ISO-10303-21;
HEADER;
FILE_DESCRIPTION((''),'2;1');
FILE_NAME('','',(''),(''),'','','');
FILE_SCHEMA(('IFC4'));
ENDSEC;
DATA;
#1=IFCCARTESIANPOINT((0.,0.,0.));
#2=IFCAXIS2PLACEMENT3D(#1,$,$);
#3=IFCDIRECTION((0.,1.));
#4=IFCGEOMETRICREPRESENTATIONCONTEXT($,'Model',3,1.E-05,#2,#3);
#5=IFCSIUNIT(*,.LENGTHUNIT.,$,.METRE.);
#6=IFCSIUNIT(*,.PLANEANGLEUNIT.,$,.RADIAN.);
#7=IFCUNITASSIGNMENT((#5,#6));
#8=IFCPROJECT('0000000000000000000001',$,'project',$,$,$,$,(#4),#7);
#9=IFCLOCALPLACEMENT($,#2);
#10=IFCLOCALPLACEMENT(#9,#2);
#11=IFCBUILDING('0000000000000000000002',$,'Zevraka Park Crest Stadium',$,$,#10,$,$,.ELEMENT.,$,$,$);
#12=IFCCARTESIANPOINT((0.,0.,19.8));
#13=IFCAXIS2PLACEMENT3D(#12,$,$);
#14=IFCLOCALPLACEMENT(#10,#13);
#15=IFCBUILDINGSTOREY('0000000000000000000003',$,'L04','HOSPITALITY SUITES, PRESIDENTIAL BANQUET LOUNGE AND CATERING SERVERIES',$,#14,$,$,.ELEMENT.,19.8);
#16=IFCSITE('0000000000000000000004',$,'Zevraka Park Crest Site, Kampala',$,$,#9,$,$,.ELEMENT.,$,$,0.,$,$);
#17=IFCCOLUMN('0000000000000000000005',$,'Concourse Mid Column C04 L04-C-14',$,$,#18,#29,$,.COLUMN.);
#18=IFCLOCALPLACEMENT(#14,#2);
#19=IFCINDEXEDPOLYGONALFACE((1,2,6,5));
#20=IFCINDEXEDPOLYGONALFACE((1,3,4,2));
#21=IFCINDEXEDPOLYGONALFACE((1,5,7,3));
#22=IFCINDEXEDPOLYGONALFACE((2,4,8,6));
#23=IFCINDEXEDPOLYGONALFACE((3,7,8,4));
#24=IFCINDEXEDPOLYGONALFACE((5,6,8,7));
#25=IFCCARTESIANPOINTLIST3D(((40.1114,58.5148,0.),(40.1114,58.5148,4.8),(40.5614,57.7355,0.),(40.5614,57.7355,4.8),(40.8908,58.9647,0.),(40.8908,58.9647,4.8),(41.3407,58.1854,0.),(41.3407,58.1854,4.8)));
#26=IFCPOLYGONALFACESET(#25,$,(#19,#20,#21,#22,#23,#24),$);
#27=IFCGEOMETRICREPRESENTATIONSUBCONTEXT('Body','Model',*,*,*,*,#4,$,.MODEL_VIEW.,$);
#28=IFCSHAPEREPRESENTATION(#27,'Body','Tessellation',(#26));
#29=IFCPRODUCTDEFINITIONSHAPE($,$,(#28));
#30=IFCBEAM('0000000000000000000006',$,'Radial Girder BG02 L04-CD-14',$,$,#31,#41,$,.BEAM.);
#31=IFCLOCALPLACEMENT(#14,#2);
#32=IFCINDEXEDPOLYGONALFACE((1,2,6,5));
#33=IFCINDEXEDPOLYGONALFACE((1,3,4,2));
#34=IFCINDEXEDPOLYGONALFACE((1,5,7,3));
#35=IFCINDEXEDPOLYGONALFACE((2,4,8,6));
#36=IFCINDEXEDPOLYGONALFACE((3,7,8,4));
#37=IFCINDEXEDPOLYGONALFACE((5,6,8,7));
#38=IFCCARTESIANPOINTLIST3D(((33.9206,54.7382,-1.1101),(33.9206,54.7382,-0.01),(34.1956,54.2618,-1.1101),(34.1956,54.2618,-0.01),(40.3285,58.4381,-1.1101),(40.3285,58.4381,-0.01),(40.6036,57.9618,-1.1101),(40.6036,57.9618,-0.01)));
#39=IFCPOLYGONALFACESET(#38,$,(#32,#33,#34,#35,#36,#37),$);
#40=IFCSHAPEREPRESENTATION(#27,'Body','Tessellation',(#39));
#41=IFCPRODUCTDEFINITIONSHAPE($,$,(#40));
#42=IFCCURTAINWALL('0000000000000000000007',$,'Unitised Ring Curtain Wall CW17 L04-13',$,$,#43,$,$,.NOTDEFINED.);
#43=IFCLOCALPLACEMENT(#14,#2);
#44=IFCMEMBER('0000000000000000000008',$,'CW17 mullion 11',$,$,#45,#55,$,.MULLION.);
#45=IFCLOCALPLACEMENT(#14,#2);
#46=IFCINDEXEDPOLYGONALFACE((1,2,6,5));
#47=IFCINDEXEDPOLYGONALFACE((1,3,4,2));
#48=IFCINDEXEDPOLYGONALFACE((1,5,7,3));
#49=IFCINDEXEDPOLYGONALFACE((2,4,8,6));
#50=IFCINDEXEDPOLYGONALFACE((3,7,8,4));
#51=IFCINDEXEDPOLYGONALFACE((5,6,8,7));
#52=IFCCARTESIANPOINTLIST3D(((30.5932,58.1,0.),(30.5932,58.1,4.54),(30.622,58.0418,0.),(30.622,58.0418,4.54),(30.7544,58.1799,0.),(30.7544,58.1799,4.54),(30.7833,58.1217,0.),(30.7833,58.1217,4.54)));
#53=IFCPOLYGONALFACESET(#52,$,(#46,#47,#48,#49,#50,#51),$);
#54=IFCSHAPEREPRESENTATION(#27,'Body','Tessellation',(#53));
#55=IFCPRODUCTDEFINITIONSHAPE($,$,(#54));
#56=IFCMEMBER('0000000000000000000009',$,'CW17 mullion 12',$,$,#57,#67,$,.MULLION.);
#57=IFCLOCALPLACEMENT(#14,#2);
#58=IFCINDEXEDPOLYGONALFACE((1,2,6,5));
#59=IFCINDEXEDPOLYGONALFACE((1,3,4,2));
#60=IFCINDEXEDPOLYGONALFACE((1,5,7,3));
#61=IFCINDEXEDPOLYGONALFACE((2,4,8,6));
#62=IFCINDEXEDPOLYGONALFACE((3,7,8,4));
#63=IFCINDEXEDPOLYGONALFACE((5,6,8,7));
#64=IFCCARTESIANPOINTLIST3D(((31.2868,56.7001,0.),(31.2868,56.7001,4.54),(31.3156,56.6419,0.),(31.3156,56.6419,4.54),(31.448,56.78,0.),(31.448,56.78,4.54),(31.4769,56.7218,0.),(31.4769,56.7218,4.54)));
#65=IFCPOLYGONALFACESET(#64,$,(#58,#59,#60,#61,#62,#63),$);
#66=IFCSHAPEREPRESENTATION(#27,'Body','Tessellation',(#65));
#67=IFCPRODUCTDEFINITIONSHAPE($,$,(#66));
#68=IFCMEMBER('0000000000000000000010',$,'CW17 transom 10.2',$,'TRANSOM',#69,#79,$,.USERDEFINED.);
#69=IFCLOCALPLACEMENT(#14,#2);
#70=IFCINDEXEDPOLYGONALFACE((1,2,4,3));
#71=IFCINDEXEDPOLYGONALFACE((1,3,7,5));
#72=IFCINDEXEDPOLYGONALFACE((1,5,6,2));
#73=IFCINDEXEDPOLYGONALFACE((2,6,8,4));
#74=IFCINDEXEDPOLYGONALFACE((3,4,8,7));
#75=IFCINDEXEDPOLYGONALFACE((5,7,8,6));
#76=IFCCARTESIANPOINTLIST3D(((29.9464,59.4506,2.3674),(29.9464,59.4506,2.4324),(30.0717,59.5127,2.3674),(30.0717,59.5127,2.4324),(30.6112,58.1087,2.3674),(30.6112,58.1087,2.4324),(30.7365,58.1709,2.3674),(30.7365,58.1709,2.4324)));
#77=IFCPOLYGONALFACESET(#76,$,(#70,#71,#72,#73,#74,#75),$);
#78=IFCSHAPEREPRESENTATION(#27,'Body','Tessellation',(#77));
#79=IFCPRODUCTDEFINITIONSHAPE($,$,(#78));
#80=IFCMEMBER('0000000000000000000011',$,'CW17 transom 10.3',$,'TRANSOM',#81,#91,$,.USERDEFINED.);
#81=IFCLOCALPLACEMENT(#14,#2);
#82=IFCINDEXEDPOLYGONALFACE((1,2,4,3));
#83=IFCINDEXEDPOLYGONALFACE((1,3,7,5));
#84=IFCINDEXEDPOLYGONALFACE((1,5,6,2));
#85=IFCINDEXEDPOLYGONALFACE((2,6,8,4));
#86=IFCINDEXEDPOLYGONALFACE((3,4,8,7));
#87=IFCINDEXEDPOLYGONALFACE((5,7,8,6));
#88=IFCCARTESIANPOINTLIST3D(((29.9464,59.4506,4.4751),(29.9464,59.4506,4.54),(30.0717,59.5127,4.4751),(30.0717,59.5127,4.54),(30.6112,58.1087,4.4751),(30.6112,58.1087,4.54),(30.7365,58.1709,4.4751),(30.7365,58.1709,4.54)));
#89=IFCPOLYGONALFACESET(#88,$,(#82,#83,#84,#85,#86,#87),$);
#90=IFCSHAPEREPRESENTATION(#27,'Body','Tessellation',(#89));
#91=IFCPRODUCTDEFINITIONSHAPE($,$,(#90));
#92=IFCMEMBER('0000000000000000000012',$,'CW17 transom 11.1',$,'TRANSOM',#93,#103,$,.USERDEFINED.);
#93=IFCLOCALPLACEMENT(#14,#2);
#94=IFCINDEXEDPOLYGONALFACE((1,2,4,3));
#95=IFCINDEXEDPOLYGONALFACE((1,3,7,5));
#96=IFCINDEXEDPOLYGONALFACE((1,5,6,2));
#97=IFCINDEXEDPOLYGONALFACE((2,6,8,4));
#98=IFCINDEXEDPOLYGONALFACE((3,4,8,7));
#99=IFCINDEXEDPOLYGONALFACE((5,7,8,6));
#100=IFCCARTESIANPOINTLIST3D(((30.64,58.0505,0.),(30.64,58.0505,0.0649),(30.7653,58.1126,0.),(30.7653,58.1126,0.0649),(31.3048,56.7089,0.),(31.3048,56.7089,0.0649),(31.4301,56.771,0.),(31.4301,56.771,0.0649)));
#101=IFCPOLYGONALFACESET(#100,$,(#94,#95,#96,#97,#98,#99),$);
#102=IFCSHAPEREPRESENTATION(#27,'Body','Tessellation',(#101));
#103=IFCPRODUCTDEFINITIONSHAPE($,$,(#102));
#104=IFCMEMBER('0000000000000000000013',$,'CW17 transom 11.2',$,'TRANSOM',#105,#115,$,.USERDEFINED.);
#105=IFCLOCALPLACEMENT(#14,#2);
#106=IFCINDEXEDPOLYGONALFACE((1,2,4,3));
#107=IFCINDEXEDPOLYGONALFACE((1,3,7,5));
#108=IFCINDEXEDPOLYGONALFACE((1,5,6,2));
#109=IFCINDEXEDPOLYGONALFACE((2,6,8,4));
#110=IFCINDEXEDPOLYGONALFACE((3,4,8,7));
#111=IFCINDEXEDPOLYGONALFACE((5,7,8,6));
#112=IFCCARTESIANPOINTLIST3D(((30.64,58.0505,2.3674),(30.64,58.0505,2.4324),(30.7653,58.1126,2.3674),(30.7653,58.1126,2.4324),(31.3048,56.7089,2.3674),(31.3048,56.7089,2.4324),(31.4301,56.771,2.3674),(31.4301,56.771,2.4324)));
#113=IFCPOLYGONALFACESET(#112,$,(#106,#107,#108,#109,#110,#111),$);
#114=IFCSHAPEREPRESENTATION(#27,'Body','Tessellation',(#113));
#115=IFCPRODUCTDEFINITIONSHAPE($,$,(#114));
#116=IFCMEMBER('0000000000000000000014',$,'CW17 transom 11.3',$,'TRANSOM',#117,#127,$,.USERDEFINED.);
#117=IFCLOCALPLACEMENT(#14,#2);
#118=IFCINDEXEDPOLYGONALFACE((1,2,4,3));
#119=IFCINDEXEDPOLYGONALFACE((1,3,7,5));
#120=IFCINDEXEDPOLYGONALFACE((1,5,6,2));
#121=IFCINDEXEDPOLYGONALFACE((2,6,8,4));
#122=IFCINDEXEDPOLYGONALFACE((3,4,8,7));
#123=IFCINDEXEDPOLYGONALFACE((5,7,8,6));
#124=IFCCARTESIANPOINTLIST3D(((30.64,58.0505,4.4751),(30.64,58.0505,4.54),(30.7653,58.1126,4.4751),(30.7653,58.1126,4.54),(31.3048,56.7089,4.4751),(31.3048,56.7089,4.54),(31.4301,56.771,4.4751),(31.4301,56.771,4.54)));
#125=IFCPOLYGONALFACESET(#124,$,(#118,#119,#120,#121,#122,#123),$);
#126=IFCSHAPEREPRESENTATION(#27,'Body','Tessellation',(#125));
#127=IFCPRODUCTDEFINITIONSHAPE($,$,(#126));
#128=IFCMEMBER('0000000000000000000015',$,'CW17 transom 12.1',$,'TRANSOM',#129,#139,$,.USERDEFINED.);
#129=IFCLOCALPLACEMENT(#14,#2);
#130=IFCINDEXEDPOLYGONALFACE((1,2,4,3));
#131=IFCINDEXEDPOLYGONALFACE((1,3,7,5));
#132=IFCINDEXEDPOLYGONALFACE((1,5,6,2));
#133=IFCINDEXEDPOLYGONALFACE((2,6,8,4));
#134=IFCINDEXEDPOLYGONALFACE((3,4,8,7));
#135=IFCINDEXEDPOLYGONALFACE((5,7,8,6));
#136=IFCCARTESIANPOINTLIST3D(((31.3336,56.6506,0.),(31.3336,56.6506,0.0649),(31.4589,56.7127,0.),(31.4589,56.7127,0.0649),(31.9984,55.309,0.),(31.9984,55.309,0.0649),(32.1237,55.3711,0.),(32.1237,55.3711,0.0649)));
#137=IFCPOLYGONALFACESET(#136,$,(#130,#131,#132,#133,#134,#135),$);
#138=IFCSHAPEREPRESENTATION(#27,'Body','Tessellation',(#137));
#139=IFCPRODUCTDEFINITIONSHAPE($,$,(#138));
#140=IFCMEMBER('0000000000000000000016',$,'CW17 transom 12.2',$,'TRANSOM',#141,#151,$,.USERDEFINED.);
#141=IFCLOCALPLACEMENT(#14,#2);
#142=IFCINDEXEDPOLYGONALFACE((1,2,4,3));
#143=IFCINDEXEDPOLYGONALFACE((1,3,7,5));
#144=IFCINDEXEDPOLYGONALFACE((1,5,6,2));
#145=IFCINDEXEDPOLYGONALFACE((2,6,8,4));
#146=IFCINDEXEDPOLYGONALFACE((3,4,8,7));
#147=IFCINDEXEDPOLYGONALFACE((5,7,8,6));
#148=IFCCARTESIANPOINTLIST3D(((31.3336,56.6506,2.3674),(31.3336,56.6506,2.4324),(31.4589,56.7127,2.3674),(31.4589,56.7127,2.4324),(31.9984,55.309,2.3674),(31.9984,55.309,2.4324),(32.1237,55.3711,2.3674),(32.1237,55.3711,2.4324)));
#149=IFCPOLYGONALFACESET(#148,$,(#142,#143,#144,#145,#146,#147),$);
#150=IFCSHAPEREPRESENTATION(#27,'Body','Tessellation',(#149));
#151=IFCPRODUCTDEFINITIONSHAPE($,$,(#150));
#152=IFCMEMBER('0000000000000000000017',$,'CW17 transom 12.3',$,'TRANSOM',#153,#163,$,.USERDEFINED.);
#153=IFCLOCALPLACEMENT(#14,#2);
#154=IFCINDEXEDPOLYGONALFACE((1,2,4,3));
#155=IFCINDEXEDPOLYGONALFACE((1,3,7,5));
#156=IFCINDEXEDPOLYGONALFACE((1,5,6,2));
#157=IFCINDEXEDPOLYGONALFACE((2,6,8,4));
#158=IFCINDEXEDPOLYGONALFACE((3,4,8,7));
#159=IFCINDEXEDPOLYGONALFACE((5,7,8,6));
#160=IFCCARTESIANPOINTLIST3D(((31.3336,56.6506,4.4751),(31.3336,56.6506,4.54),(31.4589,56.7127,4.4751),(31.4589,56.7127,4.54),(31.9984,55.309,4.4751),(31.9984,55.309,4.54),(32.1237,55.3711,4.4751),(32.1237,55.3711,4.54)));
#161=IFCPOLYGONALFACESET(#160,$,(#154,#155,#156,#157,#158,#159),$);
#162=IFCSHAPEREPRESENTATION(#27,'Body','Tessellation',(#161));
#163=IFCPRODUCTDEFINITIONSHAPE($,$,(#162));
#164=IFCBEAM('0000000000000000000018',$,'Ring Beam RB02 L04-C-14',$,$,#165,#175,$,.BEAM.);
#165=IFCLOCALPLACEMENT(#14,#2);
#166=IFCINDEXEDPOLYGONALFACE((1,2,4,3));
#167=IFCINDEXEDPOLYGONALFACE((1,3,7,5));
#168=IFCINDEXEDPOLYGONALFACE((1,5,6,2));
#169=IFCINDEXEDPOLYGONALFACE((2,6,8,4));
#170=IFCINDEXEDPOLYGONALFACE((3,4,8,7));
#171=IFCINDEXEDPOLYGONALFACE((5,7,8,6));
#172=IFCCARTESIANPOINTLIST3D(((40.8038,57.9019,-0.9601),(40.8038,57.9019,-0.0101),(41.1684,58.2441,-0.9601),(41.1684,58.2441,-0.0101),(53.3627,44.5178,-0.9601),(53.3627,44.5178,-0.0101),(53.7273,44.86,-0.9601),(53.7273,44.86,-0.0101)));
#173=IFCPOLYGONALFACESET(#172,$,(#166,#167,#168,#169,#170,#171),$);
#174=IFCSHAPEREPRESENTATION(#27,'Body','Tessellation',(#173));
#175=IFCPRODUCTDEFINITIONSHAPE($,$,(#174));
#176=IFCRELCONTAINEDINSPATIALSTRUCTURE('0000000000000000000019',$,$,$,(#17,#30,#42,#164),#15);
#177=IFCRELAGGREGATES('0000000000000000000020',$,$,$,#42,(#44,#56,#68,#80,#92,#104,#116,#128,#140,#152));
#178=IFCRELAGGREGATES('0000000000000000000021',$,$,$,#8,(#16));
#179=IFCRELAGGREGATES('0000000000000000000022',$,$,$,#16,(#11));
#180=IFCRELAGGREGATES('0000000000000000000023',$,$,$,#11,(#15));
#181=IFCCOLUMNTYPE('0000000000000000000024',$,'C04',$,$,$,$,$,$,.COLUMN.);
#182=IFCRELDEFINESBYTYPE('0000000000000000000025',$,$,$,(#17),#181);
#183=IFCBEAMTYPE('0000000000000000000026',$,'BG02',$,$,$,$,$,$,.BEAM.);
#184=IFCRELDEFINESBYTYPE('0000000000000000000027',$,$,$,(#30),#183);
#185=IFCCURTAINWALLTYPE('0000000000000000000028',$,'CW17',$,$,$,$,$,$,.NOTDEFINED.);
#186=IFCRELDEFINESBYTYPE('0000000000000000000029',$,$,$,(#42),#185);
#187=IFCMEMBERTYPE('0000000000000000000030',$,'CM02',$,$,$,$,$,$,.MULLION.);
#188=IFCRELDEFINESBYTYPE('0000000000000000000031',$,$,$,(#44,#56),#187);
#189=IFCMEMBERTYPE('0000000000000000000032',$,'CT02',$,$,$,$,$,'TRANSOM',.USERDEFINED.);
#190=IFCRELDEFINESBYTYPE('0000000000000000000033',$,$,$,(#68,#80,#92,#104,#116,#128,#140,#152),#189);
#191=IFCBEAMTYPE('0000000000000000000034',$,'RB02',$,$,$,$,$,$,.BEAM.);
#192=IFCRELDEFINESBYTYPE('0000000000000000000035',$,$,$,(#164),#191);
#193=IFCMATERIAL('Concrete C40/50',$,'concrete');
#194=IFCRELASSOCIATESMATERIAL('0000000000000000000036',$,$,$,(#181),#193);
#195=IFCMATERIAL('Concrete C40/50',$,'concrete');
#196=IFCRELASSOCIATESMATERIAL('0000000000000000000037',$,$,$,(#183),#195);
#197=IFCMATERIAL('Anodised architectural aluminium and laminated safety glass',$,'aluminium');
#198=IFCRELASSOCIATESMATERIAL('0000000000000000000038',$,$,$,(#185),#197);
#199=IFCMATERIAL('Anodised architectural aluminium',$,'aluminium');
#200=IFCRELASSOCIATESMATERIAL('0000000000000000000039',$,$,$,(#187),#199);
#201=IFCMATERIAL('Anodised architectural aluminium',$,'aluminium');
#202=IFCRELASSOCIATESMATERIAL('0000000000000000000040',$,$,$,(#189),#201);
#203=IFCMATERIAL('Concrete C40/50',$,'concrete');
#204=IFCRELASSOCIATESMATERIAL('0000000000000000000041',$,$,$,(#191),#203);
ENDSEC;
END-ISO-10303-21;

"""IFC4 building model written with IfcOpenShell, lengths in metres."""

from ifc_helpers import new_model, si_unit, direction, frame, origin, origin_2d, place, context, subcontext, project, spatial, rectangle, extrude, material, material_profile, profile_set, type_object, element, aggregate, save


model = new_model("IFC4")

# Units and contexts
model_context = context("Model", 3, precision=1e-05, world=origin(), true_north=direction((0.0, 1.0)))
body_context = subcontext(model_context, "Body", "Model", "MODEL_VIEW")
ifc_project = project(units=[si_unit("LENGTHUNIT", "METRE"), si_unit("PLANEANGLEUNIT", "RADIAN")], contexts=[model_context])

# Site, building, storey
site_placement = place(None, origin())
site = spatial("IfcSite", under=ifc_project, at=site_placement, Name="Zevraka Park Crest Site, Kampala", CompositionType="ELEMENT", RefElevation=0.0)
building_placement = place(site_placement, origin())
building = spatial("IfcBuilding", under=site, at=building_placement, Name="Zevraka Park Crest Stadium", CompositionType="ELEMENT")
storey_placement = place(building_placement, frame((0.0, 0.0, 19.8)))
storey = spatial("IfcBuildingStorey", under=building, at=storey_placement, Name="L04", Description="HOSPITALITY SUITES, PRESIDENTIAL BANQUET LOUNGE AND CATERING SERVERIES", CompositionType="ELEMENT", Elevation=19.8)

# Column
ifc_material_1 = material(Name="Concrete C40/50", Category="concrete")
ifc_material_profile_1 = material_profile(ifc_material_1, rectangle(XDim=0.8999, YDim=0.8999, at=origin_2d()), Name="RC 900x900")
ifc_profile_set_1 = profile_set([ifc_material_profile_1], Name="Concrete C40/50")
column_type = type_object("IfcColumnType", Name="C04", PredefinedType="COLUMN", material=ifc_profile_set_1)
column_placement = place(storey_placement, frame((40.7261, 58.3501, 0.0), z_axis=(0.0, 0.0, 1.0), x_axis=(0.866025, 0.5, 0.0)))
element("IfcColumn", 1, at=column_placement, inside=storey, type_object=column_type, Name="Concourse Mid Column C04 L04-C-14", PredefinedType="COLUMN", context=body_context, shape_type="SweptSolid", body=[
    extrude(rectangle(XDim=0.8999, YDim=0.8999, at=origin_2d()), origin(), (0.0, 0.0, 1.0), 4.8),
])

# Beam
ifc_material_2 = material(Name="Concrete C40/50", Category="concrete")
ifc_material_profile_2 = material_profile(ifc_material_2, rectangle(XDim=0.55, YDim=1.1001, at=origin_2d()), Name="RC 1100x550")
ifc_profile_set_2 = profile_set([ifc_material_profile_2], Name="Concrete C40/50")
beam_type_1 = type_object("IfcBeamType", Name="BG02", PredefinedType="BEAM", material=ifc_profile_set_2)
beam_1_placement = place(storey_placement, frame((40.4661, 58.2, -0.5601), z_axis=(-0.866007, -0.500032, 0.0), x_axis=(0.500032, -0.866007, 0.0)))
element("IfcBeam", 2, at=beam_1_placement, inside=storey, type_object=beam_type_1, Name="Radial Girder BG02 L04-CD-14", PredefinedType="BEAM", context=body_context, shape_type="SweptSolid", body=[
    extrude(rectangle(XDim=0.55, YDim=1.1001, at=origin_2d()), origin(), (0.0, 0.0, 1.0), 7.3994),
])

# Curtain wall, members
ifc_material_3 = material(Name="Anodised architectural aluminium and laminated safety glass", Category="aluminium")
curtain_wall_type = type_object("IfcCurtainWallType", Name="CW17", PredefinedType="NOTDEFINED", material=ifc_material_3)
curtain_wall_placement = place(storey_placement, origin())
curtain_wall = element("IfcCurtainWall", 3, at=curtain_wall_placement, inside=storey, type_object=curtain_wall_type, Name="Unitised Ring Curtain Wall CW17 L04-13", PredefinedType="NOTDEFINED")
ifc_material_4 = material(Name="Anodised architectural aluminium", Category="aluminium")
ifc_material_profile_3 = material_profile(ifc_material_4, rectangle(XDim=0.1799, YDim=0.0649, at=origin_2d()), Name="ALU MULLION 180x65")
ifc_profile_set_3 = profile_set([ifc_material_profile_3], Name="Anodised architectural aluminium")
member_type_1 = type_object("IfcMemberType", Name="CM02", PredefinedType="MULLION", material=ifc_profile_set_3)
member_1_placement = place(storey_placement, frame((30.6882, 58.1108, 0.0), z_axis=(0.0, 0.0, 1.0), x_axis=(0.896046, 0.443961, 0.0)))
member_1 = element("IfcMember", 4, at=member_1_placement, type_object=member_type_1, Name="CW17 mullion 11", PredefinedType="MULLION", context=body_context, shape_type="SweptSolid", body=[
    extrude(rectangle(XDim=0.1799, YDim=0.0649, at=origin_2d()), origin(), (0.0, 0.0, 1.0), 4.54),
])
member_2_placement = place(storey_placement, frame((31.3818, 56.7109, 0.0), z_axis=(0.0, 0.0, 1.0), x_axis=(0.896046, 0.443961, 0.0)))
member_2 = element("IfcMember", 5, at=member_2_placement, type_object=member_type_1, Name="CW17 mullion 12", PredefinedType="MULLION", context=body_context, shape_type="SweptSolid", body=[
    extrude(rectangle(XDim=0.1799, YDim=0.0649, at=origin_2d()), origin(), (0.0, 0.0, 1.0), 4.54),
])
ifc_material_5 = material(Name="Anodised architectural aluminium", Category="aluminium")
ifc_material_profile_4 = material_profile(ifc_material_5, rectangle(XDim=0.1399, YDim=0.0649, at=origin_2d()), Name="ALU TRANSOM 140x65")
ifc_profile_set_4 = profile_set([ifc_material_profile_4], Name="Anodised architectural aluminium")
member_type_2 = type_object("IfcMemberType", Name="CT02", ElementType="TRANSOM", PredefinedType="USERDEFINED", material=ifc_profile_set_4)
member_3_placement = place(storey_placement, frame((30.009, 59.4817, 2.3999), z_axis=(0.44395, -0.896052, 0.0), x_axis=(0.896052, 0.44395, 0.0)))
member_3 = element("IfcMember", 6, at=member_3_placement, type_object=member_type_2, Name="CW17 transom 10.2", ObjectType="TRANSOM", PredefinedType="USERDEFINED", context=body_context, shape_type="SweptSolid", body=[
    extrude(rectangle(XDim=0.1399, YDim=0.0649, at=origin_2d()), origin(), (0.0, 0.0, 1.0), 1.4976),
])
member_4_placement = place(storey_placement, frame((30.009, 59.4817, 4.5076), z_axis=(0.44395, -0.896052, 0.0), x_axis=(0.896052, 0.44395, 0.0)))
member_4 = element("IfcMember", 7, at=member_4_placement, type_object=member_type_2, Name="CW17 transom 10.3", ObjectType="TRANSOM", PredefinedType="USERDEFINED", context=body_context, shape_type="SweptSolid", body=[
    extrude(rectangle(XDim=0.1399, YDim=0.0649, at=origin_2d()), origin(), (0.0, 0.0, 1.0), 1.4976),
])
member_5_placement = place(storey_placement, frame((30.7026, 58.0815, 0.0325), z_axis=(0.444015, -0.896019, 0.0), x_axis=(0.896019, 0.444015, 0.0)))
member_5 = element("IfcMember", 8, at=member_5_placement, type_object=member_type_2, Name="CW17 transom 11.1", ObjectType="TRANSOM", PredefinedType="USERDEFINED", context=body_context, shape_type="SweptSolid", body=[
    extrude(rectangle(XDim=0.1399, YDim=0.0649, at=origin_2d()), origin(), (0.0, 0.0, 1.0), 1.4973),
])
member_6_placement = place(storey_placement, frame((30.7026, 58.0815, 2.3999), z_axis=(0.444015, -0.896019, 0.0), x_axis=(0.896019, 0.444015, 0.0)))
member_6 = element("IfcMember", 9, at=member_6_placement, type_object=member_type_2, Name="CW17 transom 11.2", ObjectType="TRANSOM", PredefinedType="USERDEFINED", context=body_context, shape_type="SweptSolid", body=[
    extrude(rectangle(XDim=0.1399, YDim=0.0649, at=origin_2d()), origin(), (0.0, 0.0, 1.0), 1.4973),
])
member_7_placement = place(storey_placement, frame((30.7026, 58.0815, 4.5076), z_axis=(0.444015, -0.896019, 0.0), x_axis=(0.896019, 0.444015, 0.0)))
member_7 = element("IfcMember", 10, at=member_7_placement, type_object=member_type_2, Name="CW17 transom 11.3", ObjectType="TRANSOM", PredefinedType="USERDEFINED", context=body_context, shape_type="SweptSolid", body=[
    extrude(rectangle(XDim=0.1399, YDim=0.0649, at=origin_2d()), origin(), (0.0, 0.0, 1.0), 1.4973),
])
member_8_placement = place(storey_placement, frame((31.3962, 56.6816, 0.0325), z_axis=(0.444015, -0.896019, 0.0), x_axis=(0.896019, 0.444015, 0.0)))
member_8 = element("IfcMember", 11, at=member_8_placement, type_object=member_type_2, Name="CW17 transom 12.1", ObjectType="TRANSOM", PredefinedType="USERDEFINED", context=body_context, shape_type="SweptSolid", body=[
    extrude(rectangle(XDim=0.1399, YDim=0.0649, at=origin_2d()), origin(), (0.0, 0.0, 1.0), 1.4973),
])
member_9_placement = place(storey_placement, frame((31.3962, 56.6816, 2.3999), z_axis=(0.444015, -0.896019, 0.0), x_axis=(0.896019, 0.444015, 0.0)))
member_9 = element("IfcMember", 12, at=member_9_placement, type_object=member_type_2, Name="CW17 transom 12.2", ObjectType="TRANSOM", PredefinedType="USERDEFINED", context=body_context, shape_type="SweptSolid", body=[
    extrude(rectangle(XDim=0.1399, YDim=0.0649, at=origin_2d()), origin(), (0.0, 0.0, 1.0), 1.4973),
])
member_10_placement = place(storey_placement, frame((31.3962, 56.6816, 4.5076), z_axis=(0.444015, -0.896019, 0.0), x_axis=(0.896019, 0.444015, 0.0)))
member_10 = element("IfcMember", 13, at=member_10_placement, type_object=member_type_2, Name="CW17 transom 12.3", ObjectType="TRANSOM", PredefinedType="USERDEFINED", context=body_context, shape_type="SweptSolid", body=[
    extrude(rectangle(XDim=0.1399, YDim=0.0649, at=origin_2d()), origin(), (0.0, 0.0, 1.0), 1.4973),
])

# Beam
ifc_material_6 = material(Name="Concrete C40/50", Category="concrete")
ifc_material_profile_5 = material_profile(ifc_material_6, rectangle(XDim=0.5, YDim=0.95, at=origin_2d()), Name="RC 950x500")
ifc_profile_set_5 = profile_set([ifc_material_profile_5], Name="Concrete C40/50")
beam_type_2 = type_object("IfcBeamType", Name="RB02", PredefinedType="BEAM", material=ifc_profile_set_5)
beam_2_placement = place(storey_placement, frame((40.9861, 58.073, -0.4851), z_axis=(0.684269, -0.72923, 0.0), x_axis=(0.72923, 0.684269, 0.0)))
element("IfcBeam", 14, at=beam_2_placement, inside=storey, type_object=beam_type_2, Name="Ring Beam RB02 L04-C-14", PredefinedType="BEAM", context=body_context, shape_type="SweptSolid", body=[
    extrude(rectangle(XDim=0.5, YDim=0.95, at=origin_2d()), origin(), (0.0, 0.0, 1.0), 18.3538),
])

aggregate(curtain_wall, [member_1, member_2, member_3, member_4, member_5, member_6, member_7, member_8, member_9, member_10])

save(model, "model.ifc")
